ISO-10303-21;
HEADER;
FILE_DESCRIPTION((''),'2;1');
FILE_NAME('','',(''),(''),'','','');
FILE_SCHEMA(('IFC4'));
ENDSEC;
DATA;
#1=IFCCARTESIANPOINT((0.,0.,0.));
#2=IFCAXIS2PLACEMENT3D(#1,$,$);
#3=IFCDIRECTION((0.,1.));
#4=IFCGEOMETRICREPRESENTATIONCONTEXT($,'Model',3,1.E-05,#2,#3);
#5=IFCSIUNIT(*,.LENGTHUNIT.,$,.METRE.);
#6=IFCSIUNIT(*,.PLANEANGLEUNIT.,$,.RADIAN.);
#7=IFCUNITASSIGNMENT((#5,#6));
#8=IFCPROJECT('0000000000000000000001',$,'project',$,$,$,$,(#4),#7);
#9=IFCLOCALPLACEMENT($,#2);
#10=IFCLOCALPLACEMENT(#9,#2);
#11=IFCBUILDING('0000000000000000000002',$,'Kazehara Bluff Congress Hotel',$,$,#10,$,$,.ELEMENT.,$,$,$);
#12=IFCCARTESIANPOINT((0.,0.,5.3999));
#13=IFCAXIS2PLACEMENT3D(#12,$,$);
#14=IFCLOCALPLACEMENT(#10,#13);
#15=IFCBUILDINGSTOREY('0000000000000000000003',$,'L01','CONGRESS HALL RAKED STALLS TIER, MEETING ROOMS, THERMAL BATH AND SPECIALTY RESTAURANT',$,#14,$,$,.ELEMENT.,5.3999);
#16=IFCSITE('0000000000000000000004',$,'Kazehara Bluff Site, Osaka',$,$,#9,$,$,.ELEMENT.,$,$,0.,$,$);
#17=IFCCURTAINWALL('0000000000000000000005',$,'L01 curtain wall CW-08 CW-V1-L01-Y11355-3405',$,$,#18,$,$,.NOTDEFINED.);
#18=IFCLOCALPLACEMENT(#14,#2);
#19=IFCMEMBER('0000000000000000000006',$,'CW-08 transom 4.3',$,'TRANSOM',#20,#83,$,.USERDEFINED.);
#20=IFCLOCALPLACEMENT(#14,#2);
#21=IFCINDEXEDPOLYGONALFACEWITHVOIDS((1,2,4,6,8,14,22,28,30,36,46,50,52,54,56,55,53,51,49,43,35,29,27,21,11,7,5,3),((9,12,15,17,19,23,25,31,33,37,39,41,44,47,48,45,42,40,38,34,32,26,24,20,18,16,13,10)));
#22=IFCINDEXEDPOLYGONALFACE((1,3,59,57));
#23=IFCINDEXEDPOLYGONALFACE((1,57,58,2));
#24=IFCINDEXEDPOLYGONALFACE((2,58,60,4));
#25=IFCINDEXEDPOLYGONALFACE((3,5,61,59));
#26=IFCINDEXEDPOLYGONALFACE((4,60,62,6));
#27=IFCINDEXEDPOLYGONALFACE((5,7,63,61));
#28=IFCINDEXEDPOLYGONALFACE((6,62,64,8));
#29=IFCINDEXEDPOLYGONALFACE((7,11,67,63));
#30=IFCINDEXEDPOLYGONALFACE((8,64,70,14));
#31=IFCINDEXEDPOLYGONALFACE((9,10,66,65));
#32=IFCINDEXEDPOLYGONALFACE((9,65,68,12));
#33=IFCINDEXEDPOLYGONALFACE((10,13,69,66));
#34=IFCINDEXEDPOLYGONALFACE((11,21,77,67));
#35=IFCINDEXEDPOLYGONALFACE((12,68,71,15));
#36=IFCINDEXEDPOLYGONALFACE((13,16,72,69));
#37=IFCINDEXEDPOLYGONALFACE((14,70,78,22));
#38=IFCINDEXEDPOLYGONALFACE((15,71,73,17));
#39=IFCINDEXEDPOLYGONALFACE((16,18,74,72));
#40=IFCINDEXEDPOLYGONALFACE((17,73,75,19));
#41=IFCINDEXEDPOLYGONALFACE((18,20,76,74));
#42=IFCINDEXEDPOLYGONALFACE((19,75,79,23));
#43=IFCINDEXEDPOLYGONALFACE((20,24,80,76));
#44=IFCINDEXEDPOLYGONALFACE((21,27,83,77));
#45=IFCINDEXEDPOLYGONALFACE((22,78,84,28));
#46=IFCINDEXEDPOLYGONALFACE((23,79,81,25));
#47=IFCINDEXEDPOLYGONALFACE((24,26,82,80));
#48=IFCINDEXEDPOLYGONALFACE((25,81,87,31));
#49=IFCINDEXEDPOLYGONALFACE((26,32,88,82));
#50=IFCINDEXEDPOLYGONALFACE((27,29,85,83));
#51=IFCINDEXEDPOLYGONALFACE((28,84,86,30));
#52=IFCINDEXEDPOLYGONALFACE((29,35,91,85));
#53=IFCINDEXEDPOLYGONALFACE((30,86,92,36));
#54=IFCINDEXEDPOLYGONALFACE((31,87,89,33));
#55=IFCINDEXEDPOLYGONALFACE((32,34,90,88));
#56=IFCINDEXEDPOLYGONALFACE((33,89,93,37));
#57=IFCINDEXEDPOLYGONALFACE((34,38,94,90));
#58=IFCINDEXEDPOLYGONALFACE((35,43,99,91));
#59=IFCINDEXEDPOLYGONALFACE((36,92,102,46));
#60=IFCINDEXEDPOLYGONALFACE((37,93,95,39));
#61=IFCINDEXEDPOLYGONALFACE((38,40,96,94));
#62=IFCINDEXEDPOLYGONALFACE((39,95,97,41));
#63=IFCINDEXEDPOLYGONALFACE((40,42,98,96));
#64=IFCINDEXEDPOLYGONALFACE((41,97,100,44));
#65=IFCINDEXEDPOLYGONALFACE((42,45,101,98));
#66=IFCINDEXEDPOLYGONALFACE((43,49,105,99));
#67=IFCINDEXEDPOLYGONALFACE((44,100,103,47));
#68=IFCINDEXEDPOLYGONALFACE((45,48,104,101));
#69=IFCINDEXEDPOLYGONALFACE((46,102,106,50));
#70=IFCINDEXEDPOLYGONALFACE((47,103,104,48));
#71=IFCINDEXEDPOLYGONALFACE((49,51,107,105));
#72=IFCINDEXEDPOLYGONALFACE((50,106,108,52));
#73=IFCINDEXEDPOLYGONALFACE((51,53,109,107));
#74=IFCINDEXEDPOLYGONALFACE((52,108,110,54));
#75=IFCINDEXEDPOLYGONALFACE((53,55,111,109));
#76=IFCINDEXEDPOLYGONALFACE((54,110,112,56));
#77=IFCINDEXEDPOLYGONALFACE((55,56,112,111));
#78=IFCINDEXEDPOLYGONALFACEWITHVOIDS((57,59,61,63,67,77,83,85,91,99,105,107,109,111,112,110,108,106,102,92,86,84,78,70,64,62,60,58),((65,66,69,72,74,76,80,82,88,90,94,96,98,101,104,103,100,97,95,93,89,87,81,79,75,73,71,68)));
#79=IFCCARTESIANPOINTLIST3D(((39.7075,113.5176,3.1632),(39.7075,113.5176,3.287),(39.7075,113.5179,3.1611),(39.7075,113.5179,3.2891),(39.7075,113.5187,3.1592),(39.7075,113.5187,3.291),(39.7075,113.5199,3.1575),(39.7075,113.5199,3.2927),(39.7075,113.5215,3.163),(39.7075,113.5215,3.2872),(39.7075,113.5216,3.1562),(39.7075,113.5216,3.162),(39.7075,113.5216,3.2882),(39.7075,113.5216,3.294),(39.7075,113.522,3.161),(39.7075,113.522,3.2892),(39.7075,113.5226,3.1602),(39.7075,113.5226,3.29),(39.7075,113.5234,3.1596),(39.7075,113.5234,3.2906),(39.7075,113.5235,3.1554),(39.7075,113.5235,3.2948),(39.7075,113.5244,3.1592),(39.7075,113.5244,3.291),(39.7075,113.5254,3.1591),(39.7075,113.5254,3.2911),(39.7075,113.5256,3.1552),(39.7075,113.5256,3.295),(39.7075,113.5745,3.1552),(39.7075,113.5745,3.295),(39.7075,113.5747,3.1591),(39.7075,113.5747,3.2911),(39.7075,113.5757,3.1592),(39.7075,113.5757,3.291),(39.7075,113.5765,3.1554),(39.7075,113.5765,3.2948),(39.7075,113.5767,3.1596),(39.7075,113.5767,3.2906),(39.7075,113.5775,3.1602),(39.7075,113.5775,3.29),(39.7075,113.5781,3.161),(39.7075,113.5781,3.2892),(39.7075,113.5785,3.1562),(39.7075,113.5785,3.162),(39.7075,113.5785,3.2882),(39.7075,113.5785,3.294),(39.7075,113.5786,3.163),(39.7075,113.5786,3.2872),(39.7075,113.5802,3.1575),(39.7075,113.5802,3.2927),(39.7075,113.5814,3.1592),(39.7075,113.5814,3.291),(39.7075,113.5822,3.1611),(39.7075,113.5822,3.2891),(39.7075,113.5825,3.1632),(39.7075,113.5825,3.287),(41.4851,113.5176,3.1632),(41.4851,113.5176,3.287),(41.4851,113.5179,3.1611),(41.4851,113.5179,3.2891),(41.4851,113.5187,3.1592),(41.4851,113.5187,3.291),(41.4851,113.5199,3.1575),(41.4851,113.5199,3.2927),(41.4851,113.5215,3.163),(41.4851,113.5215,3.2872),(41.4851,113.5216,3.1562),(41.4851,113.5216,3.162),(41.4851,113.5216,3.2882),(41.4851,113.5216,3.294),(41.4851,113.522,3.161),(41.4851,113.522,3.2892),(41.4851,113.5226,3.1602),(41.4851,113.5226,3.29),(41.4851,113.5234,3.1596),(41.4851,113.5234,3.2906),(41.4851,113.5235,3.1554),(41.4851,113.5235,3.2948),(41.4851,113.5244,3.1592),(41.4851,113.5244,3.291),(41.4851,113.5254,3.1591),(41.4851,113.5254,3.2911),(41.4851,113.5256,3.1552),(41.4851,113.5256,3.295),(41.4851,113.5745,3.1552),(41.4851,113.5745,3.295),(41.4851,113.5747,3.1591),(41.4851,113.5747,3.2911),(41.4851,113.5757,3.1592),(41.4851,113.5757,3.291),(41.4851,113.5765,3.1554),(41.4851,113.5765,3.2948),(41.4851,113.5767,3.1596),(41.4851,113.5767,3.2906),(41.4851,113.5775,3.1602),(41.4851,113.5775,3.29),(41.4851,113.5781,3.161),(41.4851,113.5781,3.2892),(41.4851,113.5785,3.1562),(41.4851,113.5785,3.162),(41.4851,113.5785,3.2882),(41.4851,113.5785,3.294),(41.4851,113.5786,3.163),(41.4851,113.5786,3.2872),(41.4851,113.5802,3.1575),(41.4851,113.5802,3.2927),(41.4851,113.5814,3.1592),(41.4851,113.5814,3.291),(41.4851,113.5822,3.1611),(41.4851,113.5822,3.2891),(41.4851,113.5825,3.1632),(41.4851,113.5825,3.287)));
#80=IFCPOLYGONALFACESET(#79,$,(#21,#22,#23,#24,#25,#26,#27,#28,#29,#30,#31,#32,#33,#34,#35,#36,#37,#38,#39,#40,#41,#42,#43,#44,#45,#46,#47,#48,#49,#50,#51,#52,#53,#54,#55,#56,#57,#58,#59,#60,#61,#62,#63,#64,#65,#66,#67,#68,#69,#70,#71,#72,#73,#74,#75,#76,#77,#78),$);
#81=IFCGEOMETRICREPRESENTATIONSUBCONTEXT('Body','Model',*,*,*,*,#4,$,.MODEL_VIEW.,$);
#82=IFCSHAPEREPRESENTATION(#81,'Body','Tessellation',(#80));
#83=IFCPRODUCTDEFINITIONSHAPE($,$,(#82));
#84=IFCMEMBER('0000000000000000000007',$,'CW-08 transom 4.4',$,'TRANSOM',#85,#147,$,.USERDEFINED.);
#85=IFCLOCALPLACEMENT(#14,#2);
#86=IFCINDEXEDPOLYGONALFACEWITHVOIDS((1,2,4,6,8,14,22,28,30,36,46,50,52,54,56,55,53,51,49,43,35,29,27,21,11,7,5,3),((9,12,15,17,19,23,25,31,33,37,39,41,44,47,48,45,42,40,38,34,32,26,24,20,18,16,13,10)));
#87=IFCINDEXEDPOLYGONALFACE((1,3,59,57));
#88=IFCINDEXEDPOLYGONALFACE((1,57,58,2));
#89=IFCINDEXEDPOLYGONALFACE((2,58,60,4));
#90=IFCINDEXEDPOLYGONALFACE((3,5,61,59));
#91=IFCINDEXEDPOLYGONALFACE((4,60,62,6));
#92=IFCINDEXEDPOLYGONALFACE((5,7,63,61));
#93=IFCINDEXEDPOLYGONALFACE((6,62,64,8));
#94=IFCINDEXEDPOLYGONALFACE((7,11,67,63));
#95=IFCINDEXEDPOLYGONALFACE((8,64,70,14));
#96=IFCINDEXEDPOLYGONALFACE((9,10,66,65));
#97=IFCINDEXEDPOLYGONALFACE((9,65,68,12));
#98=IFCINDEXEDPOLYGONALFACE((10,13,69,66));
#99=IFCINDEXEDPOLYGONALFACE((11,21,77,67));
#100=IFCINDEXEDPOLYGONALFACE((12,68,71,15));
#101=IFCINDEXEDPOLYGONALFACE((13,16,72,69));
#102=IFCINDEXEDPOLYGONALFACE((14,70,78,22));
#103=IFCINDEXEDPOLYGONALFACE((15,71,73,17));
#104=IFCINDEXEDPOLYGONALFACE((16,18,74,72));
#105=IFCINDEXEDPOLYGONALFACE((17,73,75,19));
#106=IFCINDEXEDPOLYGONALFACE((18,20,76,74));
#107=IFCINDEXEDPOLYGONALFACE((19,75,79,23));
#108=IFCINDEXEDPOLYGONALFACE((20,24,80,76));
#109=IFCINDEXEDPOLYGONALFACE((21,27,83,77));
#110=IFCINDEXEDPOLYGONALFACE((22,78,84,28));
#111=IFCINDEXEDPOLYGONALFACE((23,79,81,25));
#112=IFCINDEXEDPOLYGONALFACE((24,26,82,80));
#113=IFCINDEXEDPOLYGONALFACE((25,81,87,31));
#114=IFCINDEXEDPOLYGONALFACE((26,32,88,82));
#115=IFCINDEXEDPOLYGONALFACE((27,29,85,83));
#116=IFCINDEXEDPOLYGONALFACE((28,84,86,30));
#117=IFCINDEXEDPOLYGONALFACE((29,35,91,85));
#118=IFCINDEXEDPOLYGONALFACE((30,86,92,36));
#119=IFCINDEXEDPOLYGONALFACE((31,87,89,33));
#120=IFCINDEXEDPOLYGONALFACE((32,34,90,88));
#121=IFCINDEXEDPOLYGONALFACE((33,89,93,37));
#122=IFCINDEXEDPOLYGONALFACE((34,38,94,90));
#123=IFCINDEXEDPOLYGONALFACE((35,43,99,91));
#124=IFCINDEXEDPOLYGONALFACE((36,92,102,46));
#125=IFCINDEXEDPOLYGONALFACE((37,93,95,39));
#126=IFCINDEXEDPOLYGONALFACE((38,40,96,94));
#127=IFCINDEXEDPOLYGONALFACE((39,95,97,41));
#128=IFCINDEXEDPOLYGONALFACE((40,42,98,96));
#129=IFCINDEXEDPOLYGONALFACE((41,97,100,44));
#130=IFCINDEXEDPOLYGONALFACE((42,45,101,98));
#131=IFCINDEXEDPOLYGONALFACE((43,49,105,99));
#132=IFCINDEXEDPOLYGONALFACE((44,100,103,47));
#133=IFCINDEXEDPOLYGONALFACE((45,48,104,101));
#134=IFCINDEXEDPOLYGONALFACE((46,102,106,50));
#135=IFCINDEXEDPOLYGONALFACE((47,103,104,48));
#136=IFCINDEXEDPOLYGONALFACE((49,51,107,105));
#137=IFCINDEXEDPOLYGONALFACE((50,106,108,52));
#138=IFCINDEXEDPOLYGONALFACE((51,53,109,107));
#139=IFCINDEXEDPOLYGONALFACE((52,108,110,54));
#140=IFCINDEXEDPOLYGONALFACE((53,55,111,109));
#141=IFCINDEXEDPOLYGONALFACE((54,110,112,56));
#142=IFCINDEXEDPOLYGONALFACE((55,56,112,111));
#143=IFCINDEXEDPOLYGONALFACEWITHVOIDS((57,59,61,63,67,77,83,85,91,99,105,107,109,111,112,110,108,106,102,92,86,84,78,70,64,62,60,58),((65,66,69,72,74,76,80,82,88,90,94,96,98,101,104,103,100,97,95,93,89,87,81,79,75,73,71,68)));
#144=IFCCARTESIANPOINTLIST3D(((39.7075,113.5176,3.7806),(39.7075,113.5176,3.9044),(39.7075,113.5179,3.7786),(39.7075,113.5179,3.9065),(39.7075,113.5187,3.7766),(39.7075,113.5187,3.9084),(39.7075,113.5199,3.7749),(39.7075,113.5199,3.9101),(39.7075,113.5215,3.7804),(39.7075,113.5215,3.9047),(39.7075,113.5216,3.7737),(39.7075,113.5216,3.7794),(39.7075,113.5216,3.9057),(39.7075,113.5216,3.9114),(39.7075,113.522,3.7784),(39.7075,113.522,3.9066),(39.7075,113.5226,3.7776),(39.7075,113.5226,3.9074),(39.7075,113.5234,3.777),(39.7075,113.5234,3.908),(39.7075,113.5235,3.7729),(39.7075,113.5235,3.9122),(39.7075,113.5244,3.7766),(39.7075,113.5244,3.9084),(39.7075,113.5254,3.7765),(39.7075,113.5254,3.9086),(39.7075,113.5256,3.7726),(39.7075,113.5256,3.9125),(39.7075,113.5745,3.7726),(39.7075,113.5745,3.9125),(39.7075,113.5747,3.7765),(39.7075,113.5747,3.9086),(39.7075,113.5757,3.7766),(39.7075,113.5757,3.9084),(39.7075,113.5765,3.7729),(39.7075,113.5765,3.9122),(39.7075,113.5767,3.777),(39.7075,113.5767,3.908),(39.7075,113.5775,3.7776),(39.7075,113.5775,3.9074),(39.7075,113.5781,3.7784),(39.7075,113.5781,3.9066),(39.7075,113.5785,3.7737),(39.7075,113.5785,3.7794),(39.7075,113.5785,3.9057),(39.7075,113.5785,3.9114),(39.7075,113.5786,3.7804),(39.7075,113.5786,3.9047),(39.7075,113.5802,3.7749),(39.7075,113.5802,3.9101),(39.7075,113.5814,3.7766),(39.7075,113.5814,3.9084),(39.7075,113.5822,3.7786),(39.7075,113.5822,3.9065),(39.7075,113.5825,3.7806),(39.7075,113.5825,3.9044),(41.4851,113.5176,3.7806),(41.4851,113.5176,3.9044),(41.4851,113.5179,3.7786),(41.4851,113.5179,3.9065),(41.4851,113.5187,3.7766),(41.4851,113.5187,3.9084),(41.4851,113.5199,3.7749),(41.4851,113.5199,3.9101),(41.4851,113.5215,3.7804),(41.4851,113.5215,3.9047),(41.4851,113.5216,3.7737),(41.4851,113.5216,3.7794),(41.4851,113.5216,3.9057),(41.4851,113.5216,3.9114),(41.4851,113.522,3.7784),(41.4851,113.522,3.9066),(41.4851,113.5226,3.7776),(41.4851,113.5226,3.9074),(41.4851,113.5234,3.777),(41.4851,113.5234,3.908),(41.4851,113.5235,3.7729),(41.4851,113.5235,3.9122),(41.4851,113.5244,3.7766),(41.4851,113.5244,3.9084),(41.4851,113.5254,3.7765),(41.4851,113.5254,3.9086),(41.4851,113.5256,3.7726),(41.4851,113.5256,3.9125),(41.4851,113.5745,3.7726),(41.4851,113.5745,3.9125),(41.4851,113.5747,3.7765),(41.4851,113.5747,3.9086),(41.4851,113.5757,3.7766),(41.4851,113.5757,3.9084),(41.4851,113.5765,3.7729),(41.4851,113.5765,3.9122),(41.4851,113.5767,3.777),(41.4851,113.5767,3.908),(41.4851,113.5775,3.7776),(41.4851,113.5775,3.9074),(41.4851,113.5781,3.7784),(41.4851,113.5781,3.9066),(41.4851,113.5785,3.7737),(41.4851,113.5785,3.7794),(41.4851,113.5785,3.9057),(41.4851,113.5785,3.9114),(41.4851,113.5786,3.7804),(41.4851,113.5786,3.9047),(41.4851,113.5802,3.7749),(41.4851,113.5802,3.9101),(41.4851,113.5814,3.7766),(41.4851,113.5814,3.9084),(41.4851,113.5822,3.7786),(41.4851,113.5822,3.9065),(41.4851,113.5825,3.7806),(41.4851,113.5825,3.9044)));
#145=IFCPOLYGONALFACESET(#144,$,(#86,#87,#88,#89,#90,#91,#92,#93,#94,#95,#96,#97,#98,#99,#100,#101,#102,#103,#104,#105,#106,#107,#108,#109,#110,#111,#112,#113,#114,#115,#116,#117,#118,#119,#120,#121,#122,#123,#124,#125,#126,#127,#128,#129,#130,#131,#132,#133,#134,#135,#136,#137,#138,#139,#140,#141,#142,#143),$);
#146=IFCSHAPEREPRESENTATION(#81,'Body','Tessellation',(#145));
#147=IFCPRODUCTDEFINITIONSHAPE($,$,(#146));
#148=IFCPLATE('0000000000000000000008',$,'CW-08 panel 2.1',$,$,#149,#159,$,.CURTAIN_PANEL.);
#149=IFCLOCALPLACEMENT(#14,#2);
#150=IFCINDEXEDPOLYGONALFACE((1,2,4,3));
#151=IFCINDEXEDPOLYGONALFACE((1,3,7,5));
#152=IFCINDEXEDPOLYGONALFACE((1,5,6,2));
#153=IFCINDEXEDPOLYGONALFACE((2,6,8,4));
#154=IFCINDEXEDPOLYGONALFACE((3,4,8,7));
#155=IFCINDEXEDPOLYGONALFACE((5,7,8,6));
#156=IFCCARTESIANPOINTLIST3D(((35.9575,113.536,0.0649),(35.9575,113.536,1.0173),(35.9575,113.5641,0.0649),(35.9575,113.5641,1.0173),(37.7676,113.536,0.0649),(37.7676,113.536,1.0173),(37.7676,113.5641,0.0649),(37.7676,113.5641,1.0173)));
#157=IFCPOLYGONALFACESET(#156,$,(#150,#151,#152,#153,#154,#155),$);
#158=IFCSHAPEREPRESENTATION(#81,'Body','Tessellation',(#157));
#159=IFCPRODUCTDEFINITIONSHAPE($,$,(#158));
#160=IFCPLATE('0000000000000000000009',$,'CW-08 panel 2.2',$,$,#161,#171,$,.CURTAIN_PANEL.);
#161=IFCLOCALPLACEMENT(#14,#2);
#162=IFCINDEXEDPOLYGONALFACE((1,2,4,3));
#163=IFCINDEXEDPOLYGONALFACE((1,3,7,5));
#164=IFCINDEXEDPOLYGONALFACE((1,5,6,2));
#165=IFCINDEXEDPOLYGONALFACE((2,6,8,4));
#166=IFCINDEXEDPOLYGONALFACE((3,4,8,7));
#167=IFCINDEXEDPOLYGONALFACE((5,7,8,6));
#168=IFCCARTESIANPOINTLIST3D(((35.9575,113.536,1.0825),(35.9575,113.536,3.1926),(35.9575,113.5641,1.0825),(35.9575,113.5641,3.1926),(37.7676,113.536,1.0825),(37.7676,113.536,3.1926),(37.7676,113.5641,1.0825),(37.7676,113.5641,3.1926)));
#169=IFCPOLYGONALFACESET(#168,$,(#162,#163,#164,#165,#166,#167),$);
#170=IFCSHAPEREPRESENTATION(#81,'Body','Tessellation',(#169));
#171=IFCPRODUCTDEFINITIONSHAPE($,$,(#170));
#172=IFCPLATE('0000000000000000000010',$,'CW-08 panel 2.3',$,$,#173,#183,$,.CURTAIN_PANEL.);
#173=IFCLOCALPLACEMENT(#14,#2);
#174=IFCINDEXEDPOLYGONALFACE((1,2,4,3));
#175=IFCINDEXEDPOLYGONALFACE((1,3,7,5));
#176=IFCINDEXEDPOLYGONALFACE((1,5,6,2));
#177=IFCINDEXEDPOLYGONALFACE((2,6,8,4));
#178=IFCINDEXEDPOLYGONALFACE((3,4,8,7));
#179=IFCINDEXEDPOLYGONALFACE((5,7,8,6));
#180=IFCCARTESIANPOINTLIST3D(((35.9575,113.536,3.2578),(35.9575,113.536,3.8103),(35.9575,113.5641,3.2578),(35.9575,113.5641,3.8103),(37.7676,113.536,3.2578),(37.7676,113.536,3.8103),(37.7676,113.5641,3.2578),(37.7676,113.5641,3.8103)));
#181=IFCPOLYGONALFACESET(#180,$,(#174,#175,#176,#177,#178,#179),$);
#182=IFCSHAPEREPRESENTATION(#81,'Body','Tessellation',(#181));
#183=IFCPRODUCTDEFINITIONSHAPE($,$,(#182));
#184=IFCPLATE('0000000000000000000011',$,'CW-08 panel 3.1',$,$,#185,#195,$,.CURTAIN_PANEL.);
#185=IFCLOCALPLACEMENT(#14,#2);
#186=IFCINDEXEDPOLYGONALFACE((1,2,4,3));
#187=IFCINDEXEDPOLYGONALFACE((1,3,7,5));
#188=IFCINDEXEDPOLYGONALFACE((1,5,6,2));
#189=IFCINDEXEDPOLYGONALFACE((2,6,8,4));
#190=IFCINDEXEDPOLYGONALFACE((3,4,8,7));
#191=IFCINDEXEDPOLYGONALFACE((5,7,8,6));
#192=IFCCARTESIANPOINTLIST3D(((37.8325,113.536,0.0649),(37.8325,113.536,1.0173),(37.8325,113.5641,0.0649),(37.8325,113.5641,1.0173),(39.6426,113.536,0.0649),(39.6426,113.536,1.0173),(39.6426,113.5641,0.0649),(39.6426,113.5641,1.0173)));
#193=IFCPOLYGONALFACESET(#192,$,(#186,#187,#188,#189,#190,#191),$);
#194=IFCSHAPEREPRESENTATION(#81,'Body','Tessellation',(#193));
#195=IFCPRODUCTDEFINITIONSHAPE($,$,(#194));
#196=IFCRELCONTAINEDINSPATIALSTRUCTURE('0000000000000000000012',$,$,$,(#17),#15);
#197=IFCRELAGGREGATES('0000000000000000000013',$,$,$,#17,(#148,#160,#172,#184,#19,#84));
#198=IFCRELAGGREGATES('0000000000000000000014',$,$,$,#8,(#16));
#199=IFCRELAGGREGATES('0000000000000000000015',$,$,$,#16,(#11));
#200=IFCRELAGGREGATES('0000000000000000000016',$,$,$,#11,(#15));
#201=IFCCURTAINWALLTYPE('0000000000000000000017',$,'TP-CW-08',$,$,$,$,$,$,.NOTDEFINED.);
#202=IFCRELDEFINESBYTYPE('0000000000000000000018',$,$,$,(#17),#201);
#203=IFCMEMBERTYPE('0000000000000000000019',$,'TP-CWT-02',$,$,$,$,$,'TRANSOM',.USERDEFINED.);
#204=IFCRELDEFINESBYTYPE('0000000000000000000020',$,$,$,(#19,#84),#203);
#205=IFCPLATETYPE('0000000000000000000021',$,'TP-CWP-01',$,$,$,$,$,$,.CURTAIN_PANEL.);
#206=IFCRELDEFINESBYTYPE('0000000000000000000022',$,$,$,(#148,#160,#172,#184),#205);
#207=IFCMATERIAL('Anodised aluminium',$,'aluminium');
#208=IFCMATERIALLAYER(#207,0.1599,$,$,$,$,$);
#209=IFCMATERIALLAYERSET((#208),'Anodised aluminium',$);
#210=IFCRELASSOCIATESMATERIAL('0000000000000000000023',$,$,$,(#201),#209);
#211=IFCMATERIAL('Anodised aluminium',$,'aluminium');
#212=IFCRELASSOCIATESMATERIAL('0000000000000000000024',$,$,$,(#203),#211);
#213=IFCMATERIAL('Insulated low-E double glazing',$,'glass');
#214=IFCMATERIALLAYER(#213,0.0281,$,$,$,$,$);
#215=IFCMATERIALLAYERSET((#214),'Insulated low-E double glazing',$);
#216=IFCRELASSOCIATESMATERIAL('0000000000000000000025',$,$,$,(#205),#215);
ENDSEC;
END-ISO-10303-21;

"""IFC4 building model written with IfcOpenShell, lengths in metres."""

from ifc_helpers import new_model, si_unit, direction, frame, origin, origin_2d, place, context, subcontext, project, spatial, rectangle, hollow_rectangle, extrude, material, layer, layer_set, material_profile, profile_set, type_object, element, aggregate, save


model = new_model("IFC4")

# Units and contexts
model_context = context("Model", 3, precision=1e-05, world=origin(), true_north=direction((0.0, 1.0)))
body_context = subcontext(model_context, "Body", "Model", "MODEL_VIEW")
ifc_project = project(units=[si_unit("LENGTHUNIT", "METRE"), si_unit("PLANEANGLEUNIT", "RADIAN")], contexts=[model_context])

# Site, building, storey
site_placement = place(None, origin())
site = spatial("IfcSite", under=ifc_project, at=site_placement, Name="Kazehara Bluff Site, Osaka", CompositionType="ELEMENT", RefElevation=0.0)
building_placement = place(site_placement, origin())
building = spatial("IfcBuilding", under=site, at=building_placement, Name="Kazehara Bluff Congress Hotel", CompositionType="ELEMENT")
storey_placement = place(building_placement, frame((0.0, 0.0, 5.3999)))
storey = spatial("IfcBuildingStorey", under=building, at=storey_placement, Name="L01", Description="CONGRESS HALL RAKED STALLS TIER, MEETING ROOMS, THERMAL BATH AND SPECIALTY RESTAURANT", CompositionType="ELEMENT", Elevation=5.3999)

# Curtain wall
ifc_material_1 = material(Name="Anodised aluminium", Category="aluminium")
ifc_layer_1 = layer(ifc_material_1, 0.1599)
ifc_layer_set_1 = layer_set([ifc_layer_1], Name="Anodised aluminium")
curtain_wall_type_1 = type_object("IfcCurtainWallType", Name="TP-CW-08", PredefinedType="NOTDEFINED", material=ifc_layer_set_1)
curtain_wall_1_placement = place(storey_placement, origin())
curtain_wall_1 = element("IfcCurtainWall", 1, at=curtain_wall_1_placement, inside=storey, type_object=curtain_wall_type_1, Name="L01 curtain wall CW-08 CW-V1-L01-Y11355-3405", PredefinedType="NOTDEFINED")

# Members
ifc_material_2 = material(Name="Anodised aluminium", Category="aluminium")
ifc_material_profile_1 = material_profile(ifc_material_2, hollow_rectangle(XDim=0.0649, YDim=0.1399, WallThickness=0.0039, InnerFilletRadius=0.0039, OuterFilletRadius=0.0081, at=origin_2d()))
ifc_profile_set_1 = profile_set([ifc_material_profile_1], Name="Anodised aluminium")
member_type_1 = type_object("IfcMemberType", Name="TP-CWT-02", ElementType="TRANSOM", PredefinedType="USERDEFINED", material=ifc_profile_set_1)
member_1_placement = place(storey_placement, frame((39.7075, 113.55, 3.2251), z_axis=(1.0, 0.0, 0.0), x_axis=(0.0, 1.0, 0.0)))
member_1 = element("IfcMember", 2, at=member_1_placement, type_object=member_type_1, Name="CW-08 transom 4.3", ObjectType="TRANSOM", PredefinedType="USERDEFINED", context=body_context, shape_type="SweptSolid", body=[
    extrude(hollow_rectangle(XDim=0.0649, YDim=0.1399, WallThickness=0.0039, InnerFilletRadius=0.0039, OuterFilletRadius=0.0081, at=origin_2d()), origin(), (0.0, 0.0, 1.0), 1.7776),
])
member_2_placement = place(storey_placement, frame((39.7075, 113.55, 3.8425), z_axis=(1.0, 0.0, 0.0), x_axis=(0.0, 1.0, 0.0)))
member_2 = element("IfcMember", 3, at=member_2_placement, type_object=member_type_1, Name="CW-08 transom 4.4", ObjectType="TRANSOM", PredefinedType="USERDEFINED", context=body_context, shape_type="SweptSolid", body=[
    extrude(hollow_rectangle(XDim=0.0649, YDim=0.1399, WallThickness=0.0039, InnerFilletRadius=0.0039, OuterFilletRadius=0.0081, at=origin_2d()), origin(), (0.0, 0.0, 1.0), 1.7776),
])

# Plates
ifc_material_3 = material(Name="Insulated low-E double glazing", Category="glass")
ifc_layer_2 = layer(ifc_material_3, 0.0281)
ifc_layer_set_2 = layer_set([ifc_layer_2], Name="Insulated low-E double glazing")
plate_type = type_object("IfcPlateType", Name="TP-CWP-01", PredefinedType="CURTAIN_PANEL", material=ifc_layer_set_2)
plate_1_placement = place(storey_placement, frame((36.8625, 113.55, 0.0649), z_axis=(0.0, 0.0, 1.0), x_axis=(1.0, 0.0, 0.0)))
plate_1 = element("IfcPlate", 4, at=plate_1_placement, type_object=plate_type, Name="CW-08 panel 2.1", PredefinedType="CURTAIN_PANEL", context=body_context, shape_type="SweptSolid", body=[
    extrude(rectangle(XDim=1.8101, YDim=0.0281, at=origin_2d()), origin(), (0.0, 0.0, 1.0), 0.9524),
])
plate_2_placement = place(storey_placement, frame((36.8625, 113.55, 1.0825), z_axis=(0.0, 0.0, 1.0), x_axis=(1.0, 0.0, 0.0)))
plate_2 = element("IfcPlate", 5, at=plate_2_placement, type_object=plate_type, Name="CW-08 panel 2.2", PredefinedType="CURTAIN_PANEL", context=body_context, shape_type="SweptSolid", body=[
    extrude(rectangle(XDim=1.8101, YDim=0.0281, at=origin_2d()), origin(), (0.0, 0.0, 1.0), 2.1101),
])
plate_3_placement = place(storey_placement, frame((36.8625, 113.55, 3.2578), z_axis=(0.0, 0.0, 1.0), x_axis=(1.0, 0.0, 0.0)))
plate_3 = element("IfcPlate", 6, at=plate_3_placement, type_object=plate_type, Name="CW-08 panel 2.3", PredefinedType="CURTAIN_PANEL", context=body_context, shape_type="SweptSolid", body=[
    extrude(rectangle(XDim=1.8101, YDim=0.0281, at=origin_2d()), origin(), (0.0, 0.0, 1.0), 0.5525),
])
plate_4_placement = place(storey_placement, frame((38.7375, 113.55, 0.0649), z_axis=(0.0, 0.0, 1.0), x_axis=(1.0, 0.0, 0.0)))
plate_4 = element("IfcPlate", 7, at=plate_4_placement, type_object=plate_type, Name="CW-08 panel 3.1", PredefinedType="CURTAIN_PANEL", context=body_context, shape_type="SweptSolid", body=[
    extrude(rectangle(XDim=1.8101, YDim=0.0281, at=origin_2d()), origin(), (0.0, 0.0, 1.0), 0.9524),
])
aggregate(curtain_wall_1, [plate_1, plate_2, plate_3, plate_4, member_1, member_2])

save(model, "model.ifc")
